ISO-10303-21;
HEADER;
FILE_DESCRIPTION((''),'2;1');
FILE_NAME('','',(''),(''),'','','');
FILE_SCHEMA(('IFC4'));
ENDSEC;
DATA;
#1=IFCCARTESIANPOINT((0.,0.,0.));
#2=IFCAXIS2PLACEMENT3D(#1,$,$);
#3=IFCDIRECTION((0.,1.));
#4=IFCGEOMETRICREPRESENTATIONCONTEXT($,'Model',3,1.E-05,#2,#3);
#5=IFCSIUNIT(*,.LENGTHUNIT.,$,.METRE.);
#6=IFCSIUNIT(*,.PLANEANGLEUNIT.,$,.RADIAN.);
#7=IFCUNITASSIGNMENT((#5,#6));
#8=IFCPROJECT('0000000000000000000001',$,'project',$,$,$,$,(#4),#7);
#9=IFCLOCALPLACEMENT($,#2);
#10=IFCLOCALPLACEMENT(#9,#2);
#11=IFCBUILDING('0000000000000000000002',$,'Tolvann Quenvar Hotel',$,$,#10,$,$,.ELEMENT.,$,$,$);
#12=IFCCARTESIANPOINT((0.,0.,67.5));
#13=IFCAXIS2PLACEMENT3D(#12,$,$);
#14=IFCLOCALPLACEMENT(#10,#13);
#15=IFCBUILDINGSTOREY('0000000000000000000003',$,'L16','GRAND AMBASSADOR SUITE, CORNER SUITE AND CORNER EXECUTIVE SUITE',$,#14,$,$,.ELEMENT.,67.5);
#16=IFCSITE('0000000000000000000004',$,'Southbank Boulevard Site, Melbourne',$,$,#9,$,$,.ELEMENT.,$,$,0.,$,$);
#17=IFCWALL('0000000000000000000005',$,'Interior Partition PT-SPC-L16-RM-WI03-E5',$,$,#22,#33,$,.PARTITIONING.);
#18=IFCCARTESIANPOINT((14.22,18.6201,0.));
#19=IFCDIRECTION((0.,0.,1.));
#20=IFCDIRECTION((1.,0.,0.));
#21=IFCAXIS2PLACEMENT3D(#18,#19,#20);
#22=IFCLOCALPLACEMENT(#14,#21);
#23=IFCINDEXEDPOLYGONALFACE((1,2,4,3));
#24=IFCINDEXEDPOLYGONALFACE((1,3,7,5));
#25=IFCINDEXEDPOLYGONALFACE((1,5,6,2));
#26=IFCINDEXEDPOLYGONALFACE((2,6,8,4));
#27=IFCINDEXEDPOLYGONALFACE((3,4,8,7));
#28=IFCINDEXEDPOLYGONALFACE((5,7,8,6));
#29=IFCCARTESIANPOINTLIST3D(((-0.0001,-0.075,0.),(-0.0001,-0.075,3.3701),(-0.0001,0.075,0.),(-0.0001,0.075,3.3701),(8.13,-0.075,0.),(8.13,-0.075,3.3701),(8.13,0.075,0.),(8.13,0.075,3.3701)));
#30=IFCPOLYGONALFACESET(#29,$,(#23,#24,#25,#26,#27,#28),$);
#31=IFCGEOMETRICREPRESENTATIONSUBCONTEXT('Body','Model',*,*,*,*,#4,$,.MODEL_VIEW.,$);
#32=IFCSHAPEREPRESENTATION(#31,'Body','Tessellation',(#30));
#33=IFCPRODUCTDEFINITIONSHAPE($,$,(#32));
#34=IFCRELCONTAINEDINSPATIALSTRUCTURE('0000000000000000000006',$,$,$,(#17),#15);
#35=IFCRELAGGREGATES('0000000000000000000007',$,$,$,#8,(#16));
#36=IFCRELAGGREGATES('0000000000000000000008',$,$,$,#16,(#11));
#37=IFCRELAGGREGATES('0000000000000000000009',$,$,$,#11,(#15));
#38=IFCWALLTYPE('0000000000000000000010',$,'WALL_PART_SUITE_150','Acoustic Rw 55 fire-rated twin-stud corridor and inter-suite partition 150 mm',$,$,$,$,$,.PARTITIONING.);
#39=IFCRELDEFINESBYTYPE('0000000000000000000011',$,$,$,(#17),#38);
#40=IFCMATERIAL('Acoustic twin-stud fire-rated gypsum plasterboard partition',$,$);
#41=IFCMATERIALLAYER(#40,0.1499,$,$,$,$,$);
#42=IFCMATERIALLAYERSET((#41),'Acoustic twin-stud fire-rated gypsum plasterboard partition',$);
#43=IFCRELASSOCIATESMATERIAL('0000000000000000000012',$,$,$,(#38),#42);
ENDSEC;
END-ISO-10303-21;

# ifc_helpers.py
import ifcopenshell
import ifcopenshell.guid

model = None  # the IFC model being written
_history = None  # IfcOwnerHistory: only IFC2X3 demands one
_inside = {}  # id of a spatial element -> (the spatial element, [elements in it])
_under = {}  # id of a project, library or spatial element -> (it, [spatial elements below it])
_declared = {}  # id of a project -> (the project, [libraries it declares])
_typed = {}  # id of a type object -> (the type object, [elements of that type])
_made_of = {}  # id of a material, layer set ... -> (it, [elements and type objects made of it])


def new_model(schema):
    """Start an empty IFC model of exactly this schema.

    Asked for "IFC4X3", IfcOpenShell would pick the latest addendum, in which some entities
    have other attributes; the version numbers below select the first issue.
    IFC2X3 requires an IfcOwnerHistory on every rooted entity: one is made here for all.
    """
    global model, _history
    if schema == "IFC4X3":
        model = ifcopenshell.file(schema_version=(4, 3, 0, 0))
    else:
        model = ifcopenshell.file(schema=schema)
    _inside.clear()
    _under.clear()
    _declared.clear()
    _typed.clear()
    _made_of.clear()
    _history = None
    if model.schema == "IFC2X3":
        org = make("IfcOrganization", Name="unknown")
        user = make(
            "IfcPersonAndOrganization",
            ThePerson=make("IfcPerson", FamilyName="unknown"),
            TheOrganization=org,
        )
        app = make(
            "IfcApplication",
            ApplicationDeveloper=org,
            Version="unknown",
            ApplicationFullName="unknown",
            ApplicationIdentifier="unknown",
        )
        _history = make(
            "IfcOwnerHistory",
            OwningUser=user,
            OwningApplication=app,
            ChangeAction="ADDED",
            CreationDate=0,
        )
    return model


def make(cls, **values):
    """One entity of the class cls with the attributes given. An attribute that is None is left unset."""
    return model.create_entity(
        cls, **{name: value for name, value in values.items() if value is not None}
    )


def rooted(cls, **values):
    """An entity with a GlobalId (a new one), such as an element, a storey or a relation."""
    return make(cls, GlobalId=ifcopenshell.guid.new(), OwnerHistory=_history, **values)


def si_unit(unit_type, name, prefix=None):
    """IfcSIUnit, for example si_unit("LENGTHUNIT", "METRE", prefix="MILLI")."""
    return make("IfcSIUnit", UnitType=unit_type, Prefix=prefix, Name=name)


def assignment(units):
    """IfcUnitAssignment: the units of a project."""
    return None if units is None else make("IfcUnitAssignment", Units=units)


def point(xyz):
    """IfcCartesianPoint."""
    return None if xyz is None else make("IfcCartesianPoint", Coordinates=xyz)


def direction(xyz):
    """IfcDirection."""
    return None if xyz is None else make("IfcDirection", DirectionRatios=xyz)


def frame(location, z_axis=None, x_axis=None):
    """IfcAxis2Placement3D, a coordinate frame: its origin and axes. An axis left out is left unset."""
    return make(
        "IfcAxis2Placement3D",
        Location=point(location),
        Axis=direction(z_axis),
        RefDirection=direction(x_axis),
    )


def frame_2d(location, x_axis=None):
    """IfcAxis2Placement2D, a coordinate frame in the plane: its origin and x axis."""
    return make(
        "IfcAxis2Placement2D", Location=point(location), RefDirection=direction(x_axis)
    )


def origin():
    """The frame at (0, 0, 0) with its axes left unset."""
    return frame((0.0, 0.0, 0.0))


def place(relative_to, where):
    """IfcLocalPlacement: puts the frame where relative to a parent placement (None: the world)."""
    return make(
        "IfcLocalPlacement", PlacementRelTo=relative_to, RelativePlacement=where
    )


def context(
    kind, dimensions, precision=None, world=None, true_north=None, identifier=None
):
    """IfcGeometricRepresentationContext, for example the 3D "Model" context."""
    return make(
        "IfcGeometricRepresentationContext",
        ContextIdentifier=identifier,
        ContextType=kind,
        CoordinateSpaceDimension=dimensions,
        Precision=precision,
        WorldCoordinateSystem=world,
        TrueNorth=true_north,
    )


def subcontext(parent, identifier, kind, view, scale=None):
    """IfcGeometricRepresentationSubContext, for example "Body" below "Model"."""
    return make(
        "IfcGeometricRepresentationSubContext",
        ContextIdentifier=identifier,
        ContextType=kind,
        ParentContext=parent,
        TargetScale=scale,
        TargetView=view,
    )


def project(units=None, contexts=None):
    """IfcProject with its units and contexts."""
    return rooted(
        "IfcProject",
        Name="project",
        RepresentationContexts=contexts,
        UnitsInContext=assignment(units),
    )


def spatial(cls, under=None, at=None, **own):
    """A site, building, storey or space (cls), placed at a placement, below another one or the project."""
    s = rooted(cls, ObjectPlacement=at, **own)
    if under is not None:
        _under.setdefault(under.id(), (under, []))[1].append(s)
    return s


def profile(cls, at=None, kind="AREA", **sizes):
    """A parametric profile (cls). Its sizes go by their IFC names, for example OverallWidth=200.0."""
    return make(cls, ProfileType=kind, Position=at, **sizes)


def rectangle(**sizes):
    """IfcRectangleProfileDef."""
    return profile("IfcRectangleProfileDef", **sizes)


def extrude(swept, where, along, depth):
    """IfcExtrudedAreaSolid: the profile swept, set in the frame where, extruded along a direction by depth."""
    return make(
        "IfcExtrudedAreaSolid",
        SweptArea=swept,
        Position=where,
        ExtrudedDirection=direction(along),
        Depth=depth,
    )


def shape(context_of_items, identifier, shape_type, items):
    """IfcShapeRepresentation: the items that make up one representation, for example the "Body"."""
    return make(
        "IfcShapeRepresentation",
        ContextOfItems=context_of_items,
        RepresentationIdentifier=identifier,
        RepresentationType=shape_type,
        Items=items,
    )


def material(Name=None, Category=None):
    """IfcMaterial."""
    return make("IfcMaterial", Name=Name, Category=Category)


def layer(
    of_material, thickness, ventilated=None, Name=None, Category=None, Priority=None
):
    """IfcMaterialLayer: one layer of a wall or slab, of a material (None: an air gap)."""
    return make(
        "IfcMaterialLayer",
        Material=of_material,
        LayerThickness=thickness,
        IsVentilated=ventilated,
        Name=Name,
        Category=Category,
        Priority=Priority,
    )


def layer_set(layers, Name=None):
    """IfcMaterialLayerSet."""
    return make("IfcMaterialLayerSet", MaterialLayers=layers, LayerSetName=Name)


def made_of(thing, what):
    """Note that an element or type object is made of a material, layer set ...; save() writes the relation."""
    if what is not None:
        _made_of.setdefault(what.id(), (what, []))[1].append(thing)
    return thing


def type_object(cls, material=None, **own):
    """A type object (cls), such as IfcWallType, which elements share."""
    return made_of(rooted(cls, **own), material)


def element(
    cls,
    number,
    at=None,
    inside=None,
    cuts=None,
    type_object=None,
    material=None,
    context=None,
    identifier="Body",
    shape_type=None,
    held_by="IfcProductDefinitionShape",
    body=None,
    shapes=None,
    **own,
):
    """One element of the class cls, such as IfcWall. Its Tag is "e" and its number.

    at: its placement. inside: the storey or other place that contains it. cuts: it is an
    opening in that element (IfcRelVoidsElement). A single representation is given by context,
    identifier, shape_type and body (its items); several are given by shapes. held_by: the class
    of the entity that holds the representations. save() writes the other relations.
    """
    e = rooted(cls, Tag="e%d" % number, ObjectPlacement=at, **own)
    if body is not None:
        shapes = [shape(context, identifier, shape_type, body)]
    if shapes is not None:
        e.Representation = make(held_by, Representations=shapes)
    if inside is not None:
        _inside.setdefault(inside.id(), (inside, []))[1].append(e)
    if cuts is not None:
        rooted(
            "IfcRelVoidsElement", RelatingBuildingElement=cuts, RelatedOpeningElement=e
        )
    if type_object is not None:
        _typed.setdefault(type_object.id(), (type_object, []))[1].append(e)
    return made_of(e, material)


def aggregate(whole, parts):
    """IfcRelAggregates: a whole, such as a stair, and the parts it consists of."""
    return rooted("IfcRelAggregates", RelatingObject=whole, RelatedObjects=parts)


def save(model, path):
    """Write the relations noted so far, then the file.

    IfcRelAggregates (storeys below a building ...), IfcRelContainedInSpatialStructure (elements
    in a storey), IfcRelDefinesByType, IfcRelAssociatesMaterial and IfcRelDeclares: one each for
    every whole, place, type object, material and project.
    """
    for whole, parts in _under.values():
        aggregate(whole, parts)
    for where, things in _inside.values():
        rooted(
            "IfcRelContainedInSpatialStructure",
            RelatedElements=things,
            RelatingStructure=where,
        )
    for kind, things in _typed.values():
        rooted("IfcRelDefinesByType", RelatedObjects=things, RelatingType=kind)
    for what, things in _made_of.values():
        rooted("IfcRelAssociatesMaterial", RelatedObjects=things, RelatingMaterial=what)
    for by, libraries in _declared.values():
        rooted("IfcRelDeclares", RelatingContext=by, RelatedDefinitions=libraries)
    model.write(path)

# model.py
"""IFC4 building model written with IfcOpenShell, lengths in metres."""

from ifc_helpers import new_model, si_unit, direction, frame, frame_2d, origin, place, context, subcontext, project, spatial, rectangle, extrude, material, layer, layer_set, type_object, element, save


model = new_model("IFC4")

# Units and contexts
model_context = context("Model", 3, precision=1e-05, world=origin(), true_north=direction((0.0, 1.0)))
body_context = subcontext(model_context, "Body", "Model", "MODEL_VIEW")
ifc_project = project(units=[si_unit("LENGTHUNIT", "METRE"), si_unit("PLANEANGLEUNIT", "RADIAN")], contexts=[model_context])

# Site, building, storey
site_placement = place(None, origin())
site = spatial("IfcSite", under=ifc_project, at=site_placement, Name="Southbank Boulevard Site, Melbourne", CompositionType="ELEMENT", RefElevation=0.0)
building_placement = place(site_placement, origin())
building = spatial("IfcBuilding", under=site, at=building_placement, Name="Tolvann Quenvar Hotel", CompositionType="ELEMENT")
storey_placement = place(building_placement, frame((0.0, 0.0, 67.5)))
storey = spatial("IfcBuildingStorey", under=building, at=storey_placement, Name="L16", Description="GRAND AMBASSADOR SUITE, CORNER SUITE AND CORNER EXECUTIVE SUITE", CompositionType="ELEMENT", Elevation=67.5)

# Shared definitions
ifc_material_1 = material(Name="Acoustic twin-stud fire-rated gypsum plasterboard partition")

# Shared definitions
ifc_layer_1 = layer(ifc_material_1, 0.1499)
ifc_layer_set_1 = layer_set([ifc_layer_1], Name="Acoustic twin-stud fire-rated gypsum plasterboard partition")
wall_type_1 = type_object("IfcWallType", Name="WALL_PART_SUITE_150", Description="Acoustic Rw 55 fire-rated twin-stud corridor and inter-suite partition 150 mm", PredefinedType="PARTITIONING", material=ifc_layer_set_1)

# Wall
wall_1_placement = place(storey_placement, frame((14.22, 18.6201, 0.0), z_axis=(0.0, 0.0, 1.0), x_axis=(1.0, 0.0, 0.0)))
element("IfcWall", 1, at=wall_1_placement, inside=storey, type_object=wall_type_1, Name="Interior Partition PT-SPC-L16-RM-WI03-E5", PredefinedType="PARTITIONING", context=body_context, shape_type="SweptSolid", body=[
    extrude(rectangle(XDim=8.1301, YDim=0.1499, at=frame_2d((4.0649, 0.0))), origin(), (0.0, 0.0, 1.0), 3.3701),
])

save(model, "model.ifc")
